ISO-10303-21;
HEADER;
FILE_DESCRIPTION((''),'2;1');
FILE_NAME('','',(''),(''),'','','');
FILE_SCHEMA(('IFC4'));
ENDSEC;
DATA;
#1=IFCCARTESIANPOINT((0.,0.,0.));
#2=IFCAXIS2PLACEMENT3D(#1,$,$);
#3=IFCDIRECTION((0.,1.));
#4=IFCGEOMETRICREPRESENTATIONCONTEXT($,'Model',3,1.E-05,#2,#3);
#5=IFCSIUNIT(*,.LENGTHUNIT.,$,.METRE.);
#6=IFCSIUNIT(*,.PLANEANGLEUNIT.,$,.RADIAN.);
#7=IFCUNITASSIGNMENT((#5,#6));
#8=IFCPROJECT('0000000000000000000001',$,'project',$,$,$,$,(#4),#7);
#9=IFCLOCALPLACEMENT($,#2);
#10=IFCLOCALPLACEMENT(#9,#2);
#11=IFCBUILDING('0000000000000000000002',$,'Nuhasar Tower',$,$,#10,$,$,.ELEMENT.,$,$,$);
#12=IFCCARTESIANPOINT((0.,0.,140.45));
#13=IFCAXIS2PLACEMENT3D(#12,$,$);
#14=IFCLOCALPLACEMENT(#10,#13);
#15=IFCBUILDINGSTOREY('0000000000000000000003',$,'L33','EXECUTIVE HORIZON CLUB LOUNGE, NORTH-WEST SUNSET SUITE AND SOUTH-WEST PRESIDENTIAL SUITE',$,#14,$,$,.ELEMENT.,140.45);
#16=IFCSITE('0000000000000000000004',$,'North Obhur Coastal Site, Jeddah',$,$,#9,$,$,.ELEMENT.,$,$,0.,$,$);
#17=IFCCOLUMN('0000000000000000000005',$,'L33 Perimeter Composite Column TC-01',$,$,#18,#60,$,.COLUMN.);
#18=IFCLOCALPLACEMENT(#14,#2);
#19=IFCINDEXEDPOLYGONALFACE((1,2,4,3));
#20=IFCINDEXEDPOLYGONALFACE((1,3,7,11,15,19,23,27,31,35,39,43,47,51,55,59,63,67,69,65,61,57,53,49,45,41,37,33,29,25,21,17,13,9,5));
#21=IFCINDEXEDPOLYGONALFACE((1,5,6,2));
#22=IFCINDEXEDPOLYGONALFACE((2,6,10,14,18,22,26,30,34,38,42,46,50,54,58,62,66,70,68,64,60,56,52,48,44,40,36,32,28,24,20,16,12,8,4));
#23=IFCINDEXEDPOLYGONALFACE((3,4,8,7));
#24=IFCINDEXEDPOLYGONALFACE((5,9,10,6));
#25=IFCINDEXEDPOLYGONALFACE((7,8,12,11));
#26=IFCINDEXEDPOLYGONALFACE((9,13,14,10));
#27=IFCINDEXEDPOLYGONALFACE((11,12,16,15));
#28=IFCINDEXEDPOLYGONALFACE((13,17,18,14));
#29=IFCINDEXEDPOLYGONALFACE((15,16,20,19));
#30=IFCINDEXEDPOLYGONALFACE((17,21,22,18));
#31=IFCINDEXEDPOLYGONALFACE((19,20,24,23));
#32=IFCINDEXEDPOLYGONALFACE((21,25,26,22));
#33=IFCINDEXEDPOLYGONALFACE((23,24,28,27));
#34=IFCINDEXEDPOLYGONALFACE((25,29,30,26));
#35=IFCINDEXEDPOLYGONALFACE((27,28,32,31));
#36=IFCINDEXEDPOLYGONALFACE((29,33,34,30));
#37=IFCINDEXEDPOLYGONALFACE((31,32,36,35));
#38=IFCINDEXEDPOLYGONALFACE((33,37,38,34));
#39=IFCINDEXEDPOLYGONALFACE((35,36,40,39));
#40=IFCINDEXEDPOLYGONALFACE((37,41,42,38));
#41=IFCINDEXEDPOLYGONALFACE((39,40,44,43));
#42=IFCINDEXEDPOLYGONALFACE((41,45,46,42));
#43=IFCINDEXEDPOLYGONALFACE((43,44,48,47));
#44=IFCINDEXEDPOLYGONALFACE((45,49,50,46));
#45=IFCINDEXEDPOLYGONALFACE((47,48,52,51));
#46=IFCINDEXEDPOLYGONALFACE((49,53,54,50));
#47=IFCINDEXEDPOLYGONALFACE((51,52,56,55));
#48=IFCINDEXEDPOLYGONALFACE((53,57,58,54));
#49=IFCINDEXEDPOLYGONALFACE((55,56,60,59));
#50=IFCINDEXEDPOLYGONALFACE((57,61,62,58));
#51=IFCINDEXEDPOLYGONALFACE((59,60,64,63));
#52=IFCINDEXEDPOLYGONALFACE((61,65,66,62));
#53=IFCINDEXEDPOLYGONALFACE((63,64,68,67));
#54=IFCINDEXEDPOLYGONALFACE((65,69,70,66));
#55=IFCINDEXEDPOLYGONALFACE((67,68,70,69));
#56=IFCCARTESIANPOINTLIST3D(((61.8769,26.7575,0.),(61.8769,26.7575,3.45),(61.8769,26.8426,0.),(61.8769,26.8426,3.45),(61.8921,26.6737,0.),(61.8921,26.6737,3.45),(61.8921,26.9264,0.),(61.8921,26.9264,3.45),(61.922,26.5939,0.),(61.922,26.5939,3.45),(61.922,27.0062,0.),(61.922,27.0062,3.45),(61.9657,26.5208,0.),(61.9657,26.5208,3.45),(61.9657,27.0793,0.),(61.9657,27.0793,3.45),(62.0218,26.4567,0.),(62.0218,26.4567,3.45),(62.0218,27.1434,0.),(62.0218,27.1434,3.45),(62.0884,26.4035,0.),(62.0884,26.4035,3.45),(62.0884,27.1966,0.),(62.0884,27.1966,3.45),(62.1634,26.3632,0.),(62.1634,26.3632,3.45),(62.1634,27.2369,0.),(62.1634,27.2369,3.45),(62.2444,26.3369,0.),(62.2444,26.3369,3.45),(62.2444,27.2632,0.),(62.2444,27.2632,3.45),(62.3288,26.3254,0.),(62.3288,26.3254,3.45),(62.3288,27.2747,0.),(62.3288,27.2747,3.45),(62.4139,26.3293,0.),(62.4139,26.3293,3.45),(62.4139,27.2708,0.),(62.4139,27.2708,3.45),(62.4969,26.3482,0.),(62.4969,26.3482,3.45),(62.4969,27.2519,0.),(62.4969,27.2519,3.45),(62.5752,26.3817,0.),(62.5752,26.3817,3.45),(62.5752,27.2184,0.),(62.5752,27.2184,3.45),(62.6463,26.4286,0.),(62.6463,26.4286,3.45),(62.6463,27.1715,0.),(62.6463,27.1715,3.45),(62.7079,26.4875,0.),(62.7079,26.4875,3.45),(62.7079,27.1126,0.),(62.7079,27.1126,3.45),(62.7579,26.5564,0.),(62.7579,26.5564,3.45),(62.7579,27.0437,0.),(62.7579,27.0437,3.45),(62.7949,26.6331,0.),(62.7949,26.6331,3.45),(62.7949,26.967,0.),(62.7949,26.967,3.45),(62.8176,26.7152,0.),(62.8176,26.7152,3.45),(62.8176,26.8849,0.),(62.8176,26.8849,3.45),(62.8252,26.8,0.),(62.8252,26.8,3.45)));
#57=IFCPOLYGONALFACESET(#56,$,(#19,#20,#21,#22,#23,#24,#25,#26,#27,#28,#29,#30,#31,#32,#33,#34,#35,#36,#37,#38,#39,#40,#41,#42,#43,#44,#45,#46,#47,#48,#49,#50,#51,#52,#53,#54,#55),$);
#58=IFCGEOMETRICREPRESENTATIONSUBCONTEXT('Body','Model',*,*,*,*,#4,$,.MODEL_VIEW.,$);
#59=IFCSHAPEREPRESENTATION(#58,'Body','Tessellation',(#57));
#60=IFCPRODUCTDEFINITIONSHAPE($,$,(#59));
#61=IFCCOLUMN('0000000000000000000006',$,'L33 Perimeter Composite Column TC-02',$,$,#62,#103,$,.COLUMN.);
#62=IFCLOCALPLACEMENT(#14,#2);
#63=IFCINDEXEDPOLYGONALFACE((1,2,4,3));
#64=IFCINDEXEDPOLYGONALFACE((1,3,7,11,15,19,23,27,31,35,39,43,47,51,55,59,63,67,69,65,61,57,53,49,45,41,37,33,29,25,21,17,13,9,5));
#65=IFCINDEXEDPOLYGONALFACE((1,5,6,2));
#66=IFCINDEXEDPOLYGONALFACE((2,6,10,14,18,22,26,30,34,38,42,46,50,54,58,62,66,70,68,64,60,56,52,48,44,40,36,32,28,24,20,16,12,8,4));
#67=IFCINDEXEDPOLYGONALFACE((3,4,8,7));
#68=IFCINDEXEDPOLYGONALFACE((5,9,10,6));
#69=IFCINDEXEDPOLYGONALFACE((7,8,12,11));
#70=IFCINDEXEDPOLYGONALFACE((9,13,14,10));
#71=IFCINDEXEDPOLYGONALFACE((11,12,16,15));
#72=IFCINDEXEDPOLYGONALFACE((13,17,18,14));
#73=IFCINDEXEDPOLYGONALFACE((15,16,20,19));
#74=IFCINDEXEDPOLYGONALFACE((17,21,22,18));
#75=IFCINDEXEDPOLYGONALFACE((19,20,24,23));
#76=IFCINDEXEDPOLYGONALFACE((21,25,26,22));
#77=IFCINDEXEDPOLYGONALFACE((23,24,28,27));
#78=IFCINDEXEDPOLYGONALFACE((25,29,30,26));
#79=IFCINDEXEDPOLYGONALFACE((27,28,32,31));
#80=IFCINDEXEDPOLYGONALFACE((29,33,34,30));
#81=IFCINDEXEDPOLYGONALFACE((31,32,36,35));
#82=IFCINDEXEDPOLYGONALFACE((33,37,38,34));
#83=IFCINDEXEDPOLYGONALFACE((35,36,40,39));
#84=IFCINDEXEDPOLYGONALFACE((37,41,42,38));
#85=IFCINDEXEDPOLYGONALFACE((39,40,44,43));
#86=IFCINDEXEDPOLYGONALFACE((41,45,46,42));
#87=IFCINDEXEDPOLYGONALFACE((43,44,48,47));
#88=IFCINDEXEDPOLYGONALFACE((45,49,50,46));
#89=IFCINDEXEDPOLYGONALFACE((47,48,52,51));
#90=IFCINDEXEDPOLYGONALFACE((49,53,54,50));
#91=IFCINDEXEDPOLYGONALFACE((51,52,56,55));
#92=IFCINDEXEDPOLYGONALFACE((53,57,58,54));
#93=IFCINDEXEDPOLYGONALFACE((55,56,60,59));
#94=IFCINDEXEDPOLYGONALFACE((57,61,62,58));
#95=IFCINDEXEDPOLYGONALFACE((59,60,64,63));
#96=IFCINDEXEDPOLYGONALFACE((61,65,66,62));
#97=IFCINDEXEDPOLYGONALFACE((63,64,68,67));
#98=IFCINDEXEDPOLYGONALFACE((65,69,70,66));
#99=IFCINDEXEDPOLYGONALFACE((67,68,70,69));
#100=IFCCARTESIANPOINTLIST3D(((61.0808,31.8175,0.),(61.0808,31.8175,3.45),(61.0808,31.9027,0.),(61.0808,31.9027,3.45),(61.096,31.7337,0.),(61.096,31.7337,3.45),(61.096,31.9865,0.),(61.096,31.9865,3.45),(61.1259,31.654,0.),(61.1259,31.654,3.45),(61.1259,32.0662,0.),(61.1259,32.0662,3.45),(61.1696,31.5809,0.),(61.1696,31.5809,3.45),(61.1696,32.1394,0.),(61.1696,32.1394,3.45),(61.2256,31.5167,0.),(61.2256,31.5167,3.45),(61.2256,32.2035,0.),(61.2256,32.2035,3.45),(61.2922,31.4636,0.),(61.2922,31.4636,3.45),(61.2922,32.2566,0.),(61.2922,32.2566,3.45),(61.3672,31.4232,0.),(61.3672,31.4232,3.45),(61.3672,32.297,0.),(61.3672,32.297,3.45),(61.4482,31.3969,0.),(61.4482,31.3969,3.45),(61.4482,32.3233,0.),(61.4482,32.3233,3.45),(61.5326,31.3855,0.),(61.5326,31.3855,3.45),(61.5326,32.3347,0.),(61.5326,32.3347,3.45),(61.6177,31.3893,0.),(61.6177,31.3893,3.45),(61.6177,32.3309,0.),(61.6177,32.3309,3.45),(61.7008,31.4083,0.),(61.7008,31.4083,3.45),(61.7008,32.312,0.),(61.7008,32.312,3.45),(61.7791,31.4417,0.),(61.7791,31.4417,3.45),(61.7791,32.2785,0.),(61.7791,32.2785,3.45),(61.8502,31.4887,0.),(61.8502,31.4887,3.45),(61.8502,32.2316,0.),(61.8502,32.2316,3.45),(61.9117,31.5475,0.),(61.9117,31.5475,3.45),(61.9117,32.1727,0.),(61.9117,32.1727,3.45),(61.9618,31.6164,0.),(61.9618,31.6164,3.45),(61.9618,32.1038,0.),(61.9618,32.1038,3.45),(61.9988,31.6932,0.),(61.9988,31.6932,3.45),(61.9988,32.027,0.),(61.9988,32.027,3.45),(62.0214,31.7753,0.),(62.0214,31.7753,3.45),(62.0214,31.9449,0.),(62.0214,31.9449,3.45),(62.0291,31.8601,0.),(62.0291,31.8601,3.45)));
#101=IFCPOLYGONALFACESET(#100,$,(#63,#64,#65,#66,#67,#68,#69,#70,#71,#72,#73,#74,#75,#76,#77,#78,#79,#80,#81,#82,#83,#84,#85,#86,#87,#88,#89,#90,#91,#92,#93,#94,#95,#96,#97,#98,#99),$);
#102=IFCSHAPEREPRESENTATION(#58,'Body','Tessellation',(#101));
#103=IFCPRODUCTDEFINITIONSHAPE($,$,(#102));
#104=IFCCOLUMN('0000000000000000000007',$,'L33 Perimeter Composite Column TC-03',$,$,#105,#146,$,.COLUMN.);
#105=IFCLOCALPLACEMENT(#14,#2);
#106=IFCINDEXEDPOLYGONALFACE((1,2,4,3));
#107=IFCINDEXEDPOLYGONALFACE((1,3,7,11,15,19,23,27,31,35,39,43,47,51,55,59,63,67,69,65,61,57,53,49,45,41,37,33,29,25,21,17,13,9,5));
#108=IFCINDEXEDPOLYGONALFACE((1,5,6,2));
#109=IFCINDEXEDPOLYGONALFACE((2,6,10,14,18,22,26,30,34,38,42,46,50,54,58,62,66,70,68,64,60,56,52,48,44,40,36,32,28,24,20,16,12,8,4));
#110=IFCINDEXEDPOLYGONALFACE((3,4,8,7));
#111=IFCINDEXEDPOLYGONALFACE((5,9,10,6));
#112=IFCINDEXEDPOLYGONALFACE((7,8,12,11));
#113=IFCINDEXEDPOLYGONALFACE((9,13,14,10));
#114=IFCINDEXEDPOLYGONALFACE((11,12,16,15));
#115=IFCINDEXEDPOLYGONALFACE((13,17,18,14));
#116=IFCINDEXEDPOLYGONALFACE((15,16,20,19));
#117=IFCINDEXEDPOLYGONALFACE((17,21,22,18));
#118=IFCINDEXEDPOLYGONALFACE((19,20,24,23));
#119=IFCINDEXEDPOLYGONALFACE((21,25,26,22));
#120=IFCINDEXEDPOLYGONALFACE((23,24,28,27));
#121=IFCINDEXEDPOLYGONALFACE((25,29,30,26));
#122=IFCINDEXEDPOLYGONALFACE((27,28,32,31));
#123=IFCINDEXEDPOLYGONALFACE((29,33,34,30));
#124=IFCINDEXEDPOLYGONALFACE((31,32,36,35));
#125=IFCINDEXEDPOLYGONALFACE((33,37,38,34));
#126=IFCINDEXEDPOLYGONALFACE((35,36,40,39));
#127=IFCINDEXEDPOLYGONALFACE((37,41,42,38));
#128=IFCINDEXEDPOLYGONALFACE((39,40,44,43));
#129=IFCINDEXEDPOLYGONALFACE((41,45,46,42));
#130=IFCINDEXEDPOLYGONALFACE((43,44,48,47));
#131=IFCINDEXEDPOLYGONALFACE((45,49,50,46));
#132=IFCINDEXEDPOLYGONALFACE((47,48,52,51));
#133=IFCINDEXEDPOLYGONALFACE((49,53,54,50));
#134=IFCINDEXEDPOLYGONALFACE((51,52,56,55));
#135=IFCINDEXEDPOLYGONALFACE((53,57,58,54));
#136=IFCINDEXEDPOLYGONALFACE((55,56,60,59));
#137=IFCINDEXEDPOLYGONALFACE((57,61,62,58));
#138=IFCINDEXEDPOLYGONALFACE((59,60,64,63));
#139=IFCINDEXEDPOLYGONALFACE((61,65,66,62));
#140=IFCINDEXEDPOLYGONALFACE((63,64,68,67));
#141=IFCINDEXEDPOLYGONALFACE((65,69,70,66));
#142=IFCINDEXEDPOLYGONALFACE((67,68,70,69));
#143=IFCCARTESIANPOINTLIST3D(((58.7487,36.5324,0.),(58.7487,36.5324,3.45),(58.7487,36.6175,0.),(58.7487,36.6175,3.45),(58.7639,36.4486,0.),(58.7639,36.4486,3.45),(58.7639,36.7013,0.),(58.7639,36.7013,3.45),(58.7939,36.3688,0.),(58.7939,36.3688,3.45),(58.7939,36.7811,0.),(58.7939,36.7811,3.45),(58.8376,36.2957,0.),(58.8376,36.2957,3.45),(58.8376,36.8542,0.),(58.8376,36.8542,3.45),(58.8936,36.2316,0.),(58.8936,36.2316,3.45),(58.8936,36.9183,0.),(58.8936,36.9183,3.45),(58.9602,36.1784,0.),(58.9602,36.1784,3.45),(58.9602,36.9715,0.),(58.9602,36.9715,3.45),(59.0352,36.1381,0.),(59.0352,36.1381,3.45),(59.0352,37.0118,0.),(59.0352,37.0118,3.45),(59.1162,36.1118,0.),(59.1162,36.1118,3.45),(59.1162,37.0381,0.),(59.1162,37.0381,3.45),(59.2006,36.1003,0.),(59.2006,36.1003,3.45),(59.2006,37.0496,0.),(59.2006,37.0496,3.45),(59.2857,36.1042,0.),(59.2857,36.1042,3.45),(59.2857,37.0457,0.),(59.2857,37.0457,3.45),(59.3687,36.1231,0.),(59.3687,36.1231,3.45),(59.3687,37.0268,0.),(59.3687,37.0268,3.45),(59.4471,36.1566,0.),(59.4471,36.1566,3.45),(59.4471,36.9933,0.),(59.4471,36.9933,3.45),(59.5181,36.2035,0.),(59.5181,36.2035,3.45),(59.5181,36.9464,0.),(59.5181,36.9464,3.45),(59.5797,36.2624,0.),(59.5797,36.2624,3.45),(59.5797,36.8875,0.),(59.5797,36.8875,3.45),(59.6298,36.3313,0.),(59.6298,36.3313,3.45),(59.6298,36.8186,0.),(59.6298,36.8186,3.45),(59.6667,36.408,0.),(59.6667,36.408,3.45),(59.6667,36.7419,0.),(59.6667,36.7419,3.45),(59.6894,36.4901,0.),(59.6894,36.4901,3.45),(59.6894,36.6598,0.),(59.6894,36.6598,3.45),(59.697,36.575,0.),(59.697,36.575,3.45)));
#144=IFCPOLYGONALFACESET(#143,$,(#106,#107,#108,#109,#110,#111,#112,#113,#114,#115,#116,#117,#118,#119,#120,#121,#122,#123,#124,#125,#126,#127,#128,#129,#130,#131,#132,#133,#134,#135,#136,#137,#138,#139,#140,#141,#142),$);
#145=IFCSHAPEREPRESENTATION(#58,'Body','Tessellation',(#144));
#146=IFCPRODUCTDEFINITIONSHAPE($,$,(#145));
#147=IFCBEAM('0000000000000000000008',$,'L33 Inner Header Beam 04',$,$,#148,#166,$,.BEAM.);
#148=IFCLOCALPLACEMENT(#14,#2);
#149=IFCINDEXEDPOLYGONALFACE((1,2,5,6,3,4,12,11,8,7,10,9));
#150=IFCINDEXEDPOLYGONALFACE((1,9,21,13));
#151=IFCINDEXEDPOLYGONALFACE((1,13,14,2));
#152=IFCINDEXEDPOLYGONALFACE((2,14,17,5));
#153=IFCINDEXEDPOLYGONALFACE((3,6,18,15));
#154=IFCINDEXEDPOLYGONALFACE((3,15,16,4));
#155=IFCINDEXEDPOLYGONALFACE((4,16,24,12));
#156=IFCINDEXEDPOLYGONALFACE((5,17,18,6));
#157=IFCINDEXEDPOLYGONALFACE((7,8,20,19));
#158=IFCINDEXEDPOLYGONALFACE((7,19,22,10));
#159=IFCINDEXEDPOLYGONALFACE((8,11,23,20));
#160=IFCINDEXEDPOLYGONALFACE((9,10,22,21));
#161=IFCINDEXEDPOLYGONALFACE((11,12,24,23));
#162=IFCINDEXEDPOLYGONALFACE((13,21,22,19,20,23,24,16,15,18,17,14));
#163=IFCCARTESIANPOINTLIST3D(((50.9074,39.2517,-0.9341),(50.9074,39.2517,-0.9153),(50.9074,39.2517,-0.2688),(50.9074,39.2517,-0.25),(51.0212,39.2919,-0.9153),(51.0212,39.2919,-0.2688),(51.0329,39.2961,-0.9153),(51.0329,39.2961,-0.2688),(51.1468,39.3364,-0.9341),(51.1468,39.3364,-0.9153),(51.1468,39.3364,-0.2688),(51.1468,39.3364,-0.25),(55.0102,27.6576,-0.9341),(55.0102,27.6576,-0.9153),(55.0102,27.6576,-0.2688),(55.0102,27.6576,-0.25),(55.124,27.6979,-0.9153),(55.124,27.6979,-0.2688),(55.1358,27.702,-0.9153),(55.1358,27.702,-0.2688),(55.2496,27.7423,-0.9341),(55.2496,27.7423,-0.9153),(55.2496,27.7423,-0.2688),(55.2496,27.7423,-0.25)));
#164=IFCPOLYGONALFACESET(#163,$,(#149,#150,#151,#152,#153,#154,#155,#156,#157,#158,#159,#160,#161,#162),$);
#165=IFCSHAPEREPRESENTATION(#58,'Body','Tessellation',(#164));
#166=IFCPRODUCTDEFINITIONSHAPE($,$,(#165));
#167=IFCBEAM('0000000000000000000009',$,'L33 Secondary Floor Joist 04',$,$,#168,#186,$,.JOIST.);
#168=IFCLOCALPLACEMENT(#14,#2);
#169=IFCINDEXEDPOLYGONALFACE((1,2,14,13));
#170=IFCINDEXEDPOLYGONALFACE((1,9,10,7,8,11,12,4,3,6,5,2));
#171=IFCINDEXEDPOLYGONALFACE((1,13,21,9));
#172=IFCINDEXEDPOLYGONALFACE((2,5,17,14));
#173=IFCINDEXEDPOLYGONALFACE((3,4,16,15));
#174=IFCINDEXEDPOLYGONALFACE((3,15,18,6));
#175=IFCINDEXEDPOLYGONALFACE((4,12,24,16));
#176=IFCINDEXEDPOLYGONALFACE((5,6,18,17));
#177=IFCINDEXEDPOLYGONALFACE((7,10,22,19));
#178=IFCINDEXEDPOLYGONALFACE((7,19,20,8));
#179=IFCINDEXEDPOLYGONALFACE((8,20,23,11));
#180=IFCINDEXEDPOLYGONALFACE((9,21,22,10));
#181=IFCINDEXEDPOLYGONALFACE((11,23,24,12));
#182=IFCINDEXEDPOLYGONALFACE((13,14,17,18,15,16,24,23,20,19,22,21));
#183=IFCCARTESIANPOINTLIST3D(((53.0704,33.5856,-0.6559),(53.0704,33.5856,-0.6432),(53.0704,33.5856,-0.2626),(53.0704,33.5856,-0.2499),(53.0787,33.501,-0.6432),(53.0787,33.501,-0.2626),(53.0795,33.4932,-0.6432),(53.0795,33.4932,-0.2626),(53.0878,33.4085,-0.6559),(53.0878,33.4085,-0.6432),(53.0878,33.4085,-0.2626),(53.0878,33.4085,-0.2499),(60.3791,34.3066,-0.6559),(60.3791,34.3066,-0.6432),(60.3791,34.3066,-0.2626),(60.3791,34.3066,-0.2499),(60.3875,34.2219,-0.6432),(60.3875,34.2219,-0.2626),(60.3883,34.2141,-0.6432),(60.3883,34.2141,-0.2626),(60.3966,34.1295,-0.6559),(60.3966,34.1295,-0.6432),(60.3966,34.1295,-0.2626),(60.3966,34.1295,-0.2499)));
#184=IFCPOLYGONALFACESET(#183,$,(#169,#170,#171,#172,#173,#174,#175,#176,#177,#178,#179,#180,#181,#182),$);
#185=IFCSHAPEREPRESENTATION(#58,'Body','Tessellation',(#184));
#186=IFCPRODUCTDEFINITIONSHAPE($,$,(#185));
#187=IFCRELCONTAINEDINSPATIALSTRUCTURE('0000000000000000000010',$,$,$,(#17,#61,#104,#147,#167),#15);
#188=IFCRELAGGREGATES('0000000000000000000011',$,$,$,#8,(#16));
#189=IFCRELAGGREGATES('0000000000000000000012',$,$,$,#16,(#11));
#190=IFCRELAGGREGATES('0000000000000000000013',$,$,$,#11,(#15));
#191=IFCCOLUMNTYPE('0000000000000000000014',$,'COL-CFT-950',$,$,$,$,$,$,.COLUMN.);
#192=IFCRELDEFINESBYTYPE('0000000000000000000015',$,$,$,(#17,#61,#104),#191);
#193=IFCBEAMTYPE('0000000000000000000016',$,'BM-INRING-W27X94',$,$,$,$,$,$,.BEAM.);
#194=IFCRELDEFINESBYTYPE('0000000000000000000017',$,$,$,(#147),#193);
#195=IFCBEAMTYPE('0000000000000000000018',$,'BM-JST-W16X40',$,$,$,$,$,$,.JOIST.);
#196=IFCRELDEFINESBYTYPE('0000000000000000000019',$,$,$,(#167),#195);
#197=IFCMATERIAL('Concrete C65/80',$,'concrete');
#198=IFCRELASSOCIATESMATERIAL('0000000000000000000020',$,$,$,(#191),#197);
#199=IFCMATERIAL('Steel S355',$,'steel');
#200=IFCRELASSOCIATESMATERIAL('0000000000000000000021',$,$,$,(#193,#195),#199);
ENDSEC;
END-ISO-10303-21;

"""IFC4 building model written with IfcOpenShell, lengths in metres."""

from ifc_helpers import new_model, si_unit, direction, frame, origin, origin_2d, place, context, subcontext, project, spatial, circle, i_section, extrude, material, material_profile, profile_set, type_object, element, save


model = new_model("IFC4")

# Units and contexts
model_context = context("Model", 3, precision=1e-05, world=origin(), true_north=direction((0.0, 1.0)))
body_context = subcontext(model_context, "Body", "Model", "MODEL_VIEW")
ifc_project = project(units=[si_unit("LENGTHUNIT", "METRE"), si_unit("PLANEANGLEUNIT", "RADIAN")], contexts=[model_context])

# Site, building, storey
site_placement = place(None, origin())
site = spatial("IfcSite", under=ifc_project, at=site_placement, Name="North Obhur Coastal Site, Jeddah", CompositionType="ELEMENT", RefElevation=0.0)
building_placement = place(site_placement, origin())
building = spatial("IfcBuilding", under=site, at=building_placement, Name="Nuhasar Tower", CompositionType="ELEMENT")
storey_placement = place(building_placement, frame((0.0, 0.0, 140.45)))
storey = spatial("IfcBuildingStorey", under=building, at=storey_placement, Name="L33", Description="EXECUTIVE HORIZON CLUB LOUNGE, NORTH-WEST SUNSET SUITE AND SOUTH-WEST PRESIDENTIAL SUITE", CompositionType="ELEMENT", Elevation=140.45)

# Columns
ifc_material_1 = material(Name="Concrete C65/80", Category="concrete")
ifc_material_profile_1 = material_profile(ifc_material_1, circle(Radius=0.4751, at=origin_2d()), Name="CFT950")
ifc_profile_set_1 = profile_set([ifc_material_profile_1], Name="Concrete C65/80")
column_type = type_object("IfcColumnType", Name="COL-CFT-950", PredefinedType="COLUMN", material=ifc_profile_set_1)
for number, where, z_axis, x_axis, name in (
    (1, (62.3501, 26.8, 0.0), (0.0, 0.0, 1.0), (1.0, 0.0, 0.0), "L33 Perimeter Composite Column TC-01"),
    (2, (61.554, 31.8601, 0.0), (0.0, 0.0, 1.0), (1.0, 0.0, 0.0), "L33 Perimeter Composite Column TC-02"),
    (3, (59.2219, 36.575, 0.0), (0.0, 0.0, 1.0), (1.0, 0.0, 0.0), "L33 Perimeter Composite Column TC-03"),
):
    element("IfcColumn", number, at=place(storey_placement, frame(where, z_axis=z_axis, x_axis=x_axis)), inside=storey, type_object=column_type, Name=name, PredefinedType="COLUMN", context=body_context, shape_type="SweptSolid", body=[
        extrude(circle(Radius=0.4751, at=origin_2d()), origin(), (0.0, 0.0, 1.0), 3.45),
    ])

# Beams
ifc_material_2 = material(Name="Steel S355", Category="steel")
ifc_material_profile_2 = material_profile(ifc_material_2, i_section(OverallWidth=0.2539, OverallDepth=0.6841, WebThickness=0.0125, FlangeThickness=0.0188, at=origin_2d()), Name="W27X94")
ifc_profile_set_2 = profile_set([ifc_material_profile_2], Name="Steel S355")
beam_type_1 = type_object("IfcBeamType", Name="BM-INRING-W27X94", PredefinedType="BEAM", material=ifc_profile_set_2)
beam_1_placement = place(storey_placement, frame((55.1299, 27.7, -0.592), z_axis=(-0.3336, 0.942715, 0.0), x_axis=(-0.942715, -0.3336, 0.0)))
element("IfcBeam", 4, at=beam_1_placement, inside=storey, type_object=beam_type_1, Name="L33 Inner Header Beam 04", PredefinedType="BEAM", context=body_context, shape_type="SweptSolid", body=[
    extrude(i_section(OverallWidth=0.2539, OverallDepth=0.6841, WebThickness=0.0125, FlangeThickness=0.0188, at=origin_2d()), origin(), (0.0, 0.0, 1.0), 12.2986),
])
ifc_material_profile_3 = material_profile(ifc_material_2, i_section(OverallWidth=0.178, OverallDepth=0.406, WebThickness=0.0078, FlangeThickness=0.0127, at=origin_2d()), Name="W16X40")
ifc_profile_set_3 = profile_set([ifc_material_profile_3], Name="Steel S355")
beam_type_2 = type_object("IfcBeamType", Name="BM-JST-W16X40", PredefinedType="JOIST", material=ifc_profile_set_3)
beam_2_placement = place(storey_placement, frame((53.0791, 33.4971, -0.4529), z_axis=(0.99517, 0.098164, 0.0), x_axis=(-0.098164, 0.99517, 0.0)))
element("IfcBeam", 5, at=beam_2_placement, inside=storey, type_object=beam_type_2, Name="L33 Secondary Floor Joist 04", PredefinedType="JOIST", context=body_context, shape_type="SweptSolid", body=[
    extrude(i_section(OverallWidth=0.178, OverallDepth=0.406, WebThickness=0.0078, FlangeThickness=0.0127, at=origin_2d()), origin(), (0.0, 0.0, 1.0), 7.3442),
])

save(model, "model.ifc")
